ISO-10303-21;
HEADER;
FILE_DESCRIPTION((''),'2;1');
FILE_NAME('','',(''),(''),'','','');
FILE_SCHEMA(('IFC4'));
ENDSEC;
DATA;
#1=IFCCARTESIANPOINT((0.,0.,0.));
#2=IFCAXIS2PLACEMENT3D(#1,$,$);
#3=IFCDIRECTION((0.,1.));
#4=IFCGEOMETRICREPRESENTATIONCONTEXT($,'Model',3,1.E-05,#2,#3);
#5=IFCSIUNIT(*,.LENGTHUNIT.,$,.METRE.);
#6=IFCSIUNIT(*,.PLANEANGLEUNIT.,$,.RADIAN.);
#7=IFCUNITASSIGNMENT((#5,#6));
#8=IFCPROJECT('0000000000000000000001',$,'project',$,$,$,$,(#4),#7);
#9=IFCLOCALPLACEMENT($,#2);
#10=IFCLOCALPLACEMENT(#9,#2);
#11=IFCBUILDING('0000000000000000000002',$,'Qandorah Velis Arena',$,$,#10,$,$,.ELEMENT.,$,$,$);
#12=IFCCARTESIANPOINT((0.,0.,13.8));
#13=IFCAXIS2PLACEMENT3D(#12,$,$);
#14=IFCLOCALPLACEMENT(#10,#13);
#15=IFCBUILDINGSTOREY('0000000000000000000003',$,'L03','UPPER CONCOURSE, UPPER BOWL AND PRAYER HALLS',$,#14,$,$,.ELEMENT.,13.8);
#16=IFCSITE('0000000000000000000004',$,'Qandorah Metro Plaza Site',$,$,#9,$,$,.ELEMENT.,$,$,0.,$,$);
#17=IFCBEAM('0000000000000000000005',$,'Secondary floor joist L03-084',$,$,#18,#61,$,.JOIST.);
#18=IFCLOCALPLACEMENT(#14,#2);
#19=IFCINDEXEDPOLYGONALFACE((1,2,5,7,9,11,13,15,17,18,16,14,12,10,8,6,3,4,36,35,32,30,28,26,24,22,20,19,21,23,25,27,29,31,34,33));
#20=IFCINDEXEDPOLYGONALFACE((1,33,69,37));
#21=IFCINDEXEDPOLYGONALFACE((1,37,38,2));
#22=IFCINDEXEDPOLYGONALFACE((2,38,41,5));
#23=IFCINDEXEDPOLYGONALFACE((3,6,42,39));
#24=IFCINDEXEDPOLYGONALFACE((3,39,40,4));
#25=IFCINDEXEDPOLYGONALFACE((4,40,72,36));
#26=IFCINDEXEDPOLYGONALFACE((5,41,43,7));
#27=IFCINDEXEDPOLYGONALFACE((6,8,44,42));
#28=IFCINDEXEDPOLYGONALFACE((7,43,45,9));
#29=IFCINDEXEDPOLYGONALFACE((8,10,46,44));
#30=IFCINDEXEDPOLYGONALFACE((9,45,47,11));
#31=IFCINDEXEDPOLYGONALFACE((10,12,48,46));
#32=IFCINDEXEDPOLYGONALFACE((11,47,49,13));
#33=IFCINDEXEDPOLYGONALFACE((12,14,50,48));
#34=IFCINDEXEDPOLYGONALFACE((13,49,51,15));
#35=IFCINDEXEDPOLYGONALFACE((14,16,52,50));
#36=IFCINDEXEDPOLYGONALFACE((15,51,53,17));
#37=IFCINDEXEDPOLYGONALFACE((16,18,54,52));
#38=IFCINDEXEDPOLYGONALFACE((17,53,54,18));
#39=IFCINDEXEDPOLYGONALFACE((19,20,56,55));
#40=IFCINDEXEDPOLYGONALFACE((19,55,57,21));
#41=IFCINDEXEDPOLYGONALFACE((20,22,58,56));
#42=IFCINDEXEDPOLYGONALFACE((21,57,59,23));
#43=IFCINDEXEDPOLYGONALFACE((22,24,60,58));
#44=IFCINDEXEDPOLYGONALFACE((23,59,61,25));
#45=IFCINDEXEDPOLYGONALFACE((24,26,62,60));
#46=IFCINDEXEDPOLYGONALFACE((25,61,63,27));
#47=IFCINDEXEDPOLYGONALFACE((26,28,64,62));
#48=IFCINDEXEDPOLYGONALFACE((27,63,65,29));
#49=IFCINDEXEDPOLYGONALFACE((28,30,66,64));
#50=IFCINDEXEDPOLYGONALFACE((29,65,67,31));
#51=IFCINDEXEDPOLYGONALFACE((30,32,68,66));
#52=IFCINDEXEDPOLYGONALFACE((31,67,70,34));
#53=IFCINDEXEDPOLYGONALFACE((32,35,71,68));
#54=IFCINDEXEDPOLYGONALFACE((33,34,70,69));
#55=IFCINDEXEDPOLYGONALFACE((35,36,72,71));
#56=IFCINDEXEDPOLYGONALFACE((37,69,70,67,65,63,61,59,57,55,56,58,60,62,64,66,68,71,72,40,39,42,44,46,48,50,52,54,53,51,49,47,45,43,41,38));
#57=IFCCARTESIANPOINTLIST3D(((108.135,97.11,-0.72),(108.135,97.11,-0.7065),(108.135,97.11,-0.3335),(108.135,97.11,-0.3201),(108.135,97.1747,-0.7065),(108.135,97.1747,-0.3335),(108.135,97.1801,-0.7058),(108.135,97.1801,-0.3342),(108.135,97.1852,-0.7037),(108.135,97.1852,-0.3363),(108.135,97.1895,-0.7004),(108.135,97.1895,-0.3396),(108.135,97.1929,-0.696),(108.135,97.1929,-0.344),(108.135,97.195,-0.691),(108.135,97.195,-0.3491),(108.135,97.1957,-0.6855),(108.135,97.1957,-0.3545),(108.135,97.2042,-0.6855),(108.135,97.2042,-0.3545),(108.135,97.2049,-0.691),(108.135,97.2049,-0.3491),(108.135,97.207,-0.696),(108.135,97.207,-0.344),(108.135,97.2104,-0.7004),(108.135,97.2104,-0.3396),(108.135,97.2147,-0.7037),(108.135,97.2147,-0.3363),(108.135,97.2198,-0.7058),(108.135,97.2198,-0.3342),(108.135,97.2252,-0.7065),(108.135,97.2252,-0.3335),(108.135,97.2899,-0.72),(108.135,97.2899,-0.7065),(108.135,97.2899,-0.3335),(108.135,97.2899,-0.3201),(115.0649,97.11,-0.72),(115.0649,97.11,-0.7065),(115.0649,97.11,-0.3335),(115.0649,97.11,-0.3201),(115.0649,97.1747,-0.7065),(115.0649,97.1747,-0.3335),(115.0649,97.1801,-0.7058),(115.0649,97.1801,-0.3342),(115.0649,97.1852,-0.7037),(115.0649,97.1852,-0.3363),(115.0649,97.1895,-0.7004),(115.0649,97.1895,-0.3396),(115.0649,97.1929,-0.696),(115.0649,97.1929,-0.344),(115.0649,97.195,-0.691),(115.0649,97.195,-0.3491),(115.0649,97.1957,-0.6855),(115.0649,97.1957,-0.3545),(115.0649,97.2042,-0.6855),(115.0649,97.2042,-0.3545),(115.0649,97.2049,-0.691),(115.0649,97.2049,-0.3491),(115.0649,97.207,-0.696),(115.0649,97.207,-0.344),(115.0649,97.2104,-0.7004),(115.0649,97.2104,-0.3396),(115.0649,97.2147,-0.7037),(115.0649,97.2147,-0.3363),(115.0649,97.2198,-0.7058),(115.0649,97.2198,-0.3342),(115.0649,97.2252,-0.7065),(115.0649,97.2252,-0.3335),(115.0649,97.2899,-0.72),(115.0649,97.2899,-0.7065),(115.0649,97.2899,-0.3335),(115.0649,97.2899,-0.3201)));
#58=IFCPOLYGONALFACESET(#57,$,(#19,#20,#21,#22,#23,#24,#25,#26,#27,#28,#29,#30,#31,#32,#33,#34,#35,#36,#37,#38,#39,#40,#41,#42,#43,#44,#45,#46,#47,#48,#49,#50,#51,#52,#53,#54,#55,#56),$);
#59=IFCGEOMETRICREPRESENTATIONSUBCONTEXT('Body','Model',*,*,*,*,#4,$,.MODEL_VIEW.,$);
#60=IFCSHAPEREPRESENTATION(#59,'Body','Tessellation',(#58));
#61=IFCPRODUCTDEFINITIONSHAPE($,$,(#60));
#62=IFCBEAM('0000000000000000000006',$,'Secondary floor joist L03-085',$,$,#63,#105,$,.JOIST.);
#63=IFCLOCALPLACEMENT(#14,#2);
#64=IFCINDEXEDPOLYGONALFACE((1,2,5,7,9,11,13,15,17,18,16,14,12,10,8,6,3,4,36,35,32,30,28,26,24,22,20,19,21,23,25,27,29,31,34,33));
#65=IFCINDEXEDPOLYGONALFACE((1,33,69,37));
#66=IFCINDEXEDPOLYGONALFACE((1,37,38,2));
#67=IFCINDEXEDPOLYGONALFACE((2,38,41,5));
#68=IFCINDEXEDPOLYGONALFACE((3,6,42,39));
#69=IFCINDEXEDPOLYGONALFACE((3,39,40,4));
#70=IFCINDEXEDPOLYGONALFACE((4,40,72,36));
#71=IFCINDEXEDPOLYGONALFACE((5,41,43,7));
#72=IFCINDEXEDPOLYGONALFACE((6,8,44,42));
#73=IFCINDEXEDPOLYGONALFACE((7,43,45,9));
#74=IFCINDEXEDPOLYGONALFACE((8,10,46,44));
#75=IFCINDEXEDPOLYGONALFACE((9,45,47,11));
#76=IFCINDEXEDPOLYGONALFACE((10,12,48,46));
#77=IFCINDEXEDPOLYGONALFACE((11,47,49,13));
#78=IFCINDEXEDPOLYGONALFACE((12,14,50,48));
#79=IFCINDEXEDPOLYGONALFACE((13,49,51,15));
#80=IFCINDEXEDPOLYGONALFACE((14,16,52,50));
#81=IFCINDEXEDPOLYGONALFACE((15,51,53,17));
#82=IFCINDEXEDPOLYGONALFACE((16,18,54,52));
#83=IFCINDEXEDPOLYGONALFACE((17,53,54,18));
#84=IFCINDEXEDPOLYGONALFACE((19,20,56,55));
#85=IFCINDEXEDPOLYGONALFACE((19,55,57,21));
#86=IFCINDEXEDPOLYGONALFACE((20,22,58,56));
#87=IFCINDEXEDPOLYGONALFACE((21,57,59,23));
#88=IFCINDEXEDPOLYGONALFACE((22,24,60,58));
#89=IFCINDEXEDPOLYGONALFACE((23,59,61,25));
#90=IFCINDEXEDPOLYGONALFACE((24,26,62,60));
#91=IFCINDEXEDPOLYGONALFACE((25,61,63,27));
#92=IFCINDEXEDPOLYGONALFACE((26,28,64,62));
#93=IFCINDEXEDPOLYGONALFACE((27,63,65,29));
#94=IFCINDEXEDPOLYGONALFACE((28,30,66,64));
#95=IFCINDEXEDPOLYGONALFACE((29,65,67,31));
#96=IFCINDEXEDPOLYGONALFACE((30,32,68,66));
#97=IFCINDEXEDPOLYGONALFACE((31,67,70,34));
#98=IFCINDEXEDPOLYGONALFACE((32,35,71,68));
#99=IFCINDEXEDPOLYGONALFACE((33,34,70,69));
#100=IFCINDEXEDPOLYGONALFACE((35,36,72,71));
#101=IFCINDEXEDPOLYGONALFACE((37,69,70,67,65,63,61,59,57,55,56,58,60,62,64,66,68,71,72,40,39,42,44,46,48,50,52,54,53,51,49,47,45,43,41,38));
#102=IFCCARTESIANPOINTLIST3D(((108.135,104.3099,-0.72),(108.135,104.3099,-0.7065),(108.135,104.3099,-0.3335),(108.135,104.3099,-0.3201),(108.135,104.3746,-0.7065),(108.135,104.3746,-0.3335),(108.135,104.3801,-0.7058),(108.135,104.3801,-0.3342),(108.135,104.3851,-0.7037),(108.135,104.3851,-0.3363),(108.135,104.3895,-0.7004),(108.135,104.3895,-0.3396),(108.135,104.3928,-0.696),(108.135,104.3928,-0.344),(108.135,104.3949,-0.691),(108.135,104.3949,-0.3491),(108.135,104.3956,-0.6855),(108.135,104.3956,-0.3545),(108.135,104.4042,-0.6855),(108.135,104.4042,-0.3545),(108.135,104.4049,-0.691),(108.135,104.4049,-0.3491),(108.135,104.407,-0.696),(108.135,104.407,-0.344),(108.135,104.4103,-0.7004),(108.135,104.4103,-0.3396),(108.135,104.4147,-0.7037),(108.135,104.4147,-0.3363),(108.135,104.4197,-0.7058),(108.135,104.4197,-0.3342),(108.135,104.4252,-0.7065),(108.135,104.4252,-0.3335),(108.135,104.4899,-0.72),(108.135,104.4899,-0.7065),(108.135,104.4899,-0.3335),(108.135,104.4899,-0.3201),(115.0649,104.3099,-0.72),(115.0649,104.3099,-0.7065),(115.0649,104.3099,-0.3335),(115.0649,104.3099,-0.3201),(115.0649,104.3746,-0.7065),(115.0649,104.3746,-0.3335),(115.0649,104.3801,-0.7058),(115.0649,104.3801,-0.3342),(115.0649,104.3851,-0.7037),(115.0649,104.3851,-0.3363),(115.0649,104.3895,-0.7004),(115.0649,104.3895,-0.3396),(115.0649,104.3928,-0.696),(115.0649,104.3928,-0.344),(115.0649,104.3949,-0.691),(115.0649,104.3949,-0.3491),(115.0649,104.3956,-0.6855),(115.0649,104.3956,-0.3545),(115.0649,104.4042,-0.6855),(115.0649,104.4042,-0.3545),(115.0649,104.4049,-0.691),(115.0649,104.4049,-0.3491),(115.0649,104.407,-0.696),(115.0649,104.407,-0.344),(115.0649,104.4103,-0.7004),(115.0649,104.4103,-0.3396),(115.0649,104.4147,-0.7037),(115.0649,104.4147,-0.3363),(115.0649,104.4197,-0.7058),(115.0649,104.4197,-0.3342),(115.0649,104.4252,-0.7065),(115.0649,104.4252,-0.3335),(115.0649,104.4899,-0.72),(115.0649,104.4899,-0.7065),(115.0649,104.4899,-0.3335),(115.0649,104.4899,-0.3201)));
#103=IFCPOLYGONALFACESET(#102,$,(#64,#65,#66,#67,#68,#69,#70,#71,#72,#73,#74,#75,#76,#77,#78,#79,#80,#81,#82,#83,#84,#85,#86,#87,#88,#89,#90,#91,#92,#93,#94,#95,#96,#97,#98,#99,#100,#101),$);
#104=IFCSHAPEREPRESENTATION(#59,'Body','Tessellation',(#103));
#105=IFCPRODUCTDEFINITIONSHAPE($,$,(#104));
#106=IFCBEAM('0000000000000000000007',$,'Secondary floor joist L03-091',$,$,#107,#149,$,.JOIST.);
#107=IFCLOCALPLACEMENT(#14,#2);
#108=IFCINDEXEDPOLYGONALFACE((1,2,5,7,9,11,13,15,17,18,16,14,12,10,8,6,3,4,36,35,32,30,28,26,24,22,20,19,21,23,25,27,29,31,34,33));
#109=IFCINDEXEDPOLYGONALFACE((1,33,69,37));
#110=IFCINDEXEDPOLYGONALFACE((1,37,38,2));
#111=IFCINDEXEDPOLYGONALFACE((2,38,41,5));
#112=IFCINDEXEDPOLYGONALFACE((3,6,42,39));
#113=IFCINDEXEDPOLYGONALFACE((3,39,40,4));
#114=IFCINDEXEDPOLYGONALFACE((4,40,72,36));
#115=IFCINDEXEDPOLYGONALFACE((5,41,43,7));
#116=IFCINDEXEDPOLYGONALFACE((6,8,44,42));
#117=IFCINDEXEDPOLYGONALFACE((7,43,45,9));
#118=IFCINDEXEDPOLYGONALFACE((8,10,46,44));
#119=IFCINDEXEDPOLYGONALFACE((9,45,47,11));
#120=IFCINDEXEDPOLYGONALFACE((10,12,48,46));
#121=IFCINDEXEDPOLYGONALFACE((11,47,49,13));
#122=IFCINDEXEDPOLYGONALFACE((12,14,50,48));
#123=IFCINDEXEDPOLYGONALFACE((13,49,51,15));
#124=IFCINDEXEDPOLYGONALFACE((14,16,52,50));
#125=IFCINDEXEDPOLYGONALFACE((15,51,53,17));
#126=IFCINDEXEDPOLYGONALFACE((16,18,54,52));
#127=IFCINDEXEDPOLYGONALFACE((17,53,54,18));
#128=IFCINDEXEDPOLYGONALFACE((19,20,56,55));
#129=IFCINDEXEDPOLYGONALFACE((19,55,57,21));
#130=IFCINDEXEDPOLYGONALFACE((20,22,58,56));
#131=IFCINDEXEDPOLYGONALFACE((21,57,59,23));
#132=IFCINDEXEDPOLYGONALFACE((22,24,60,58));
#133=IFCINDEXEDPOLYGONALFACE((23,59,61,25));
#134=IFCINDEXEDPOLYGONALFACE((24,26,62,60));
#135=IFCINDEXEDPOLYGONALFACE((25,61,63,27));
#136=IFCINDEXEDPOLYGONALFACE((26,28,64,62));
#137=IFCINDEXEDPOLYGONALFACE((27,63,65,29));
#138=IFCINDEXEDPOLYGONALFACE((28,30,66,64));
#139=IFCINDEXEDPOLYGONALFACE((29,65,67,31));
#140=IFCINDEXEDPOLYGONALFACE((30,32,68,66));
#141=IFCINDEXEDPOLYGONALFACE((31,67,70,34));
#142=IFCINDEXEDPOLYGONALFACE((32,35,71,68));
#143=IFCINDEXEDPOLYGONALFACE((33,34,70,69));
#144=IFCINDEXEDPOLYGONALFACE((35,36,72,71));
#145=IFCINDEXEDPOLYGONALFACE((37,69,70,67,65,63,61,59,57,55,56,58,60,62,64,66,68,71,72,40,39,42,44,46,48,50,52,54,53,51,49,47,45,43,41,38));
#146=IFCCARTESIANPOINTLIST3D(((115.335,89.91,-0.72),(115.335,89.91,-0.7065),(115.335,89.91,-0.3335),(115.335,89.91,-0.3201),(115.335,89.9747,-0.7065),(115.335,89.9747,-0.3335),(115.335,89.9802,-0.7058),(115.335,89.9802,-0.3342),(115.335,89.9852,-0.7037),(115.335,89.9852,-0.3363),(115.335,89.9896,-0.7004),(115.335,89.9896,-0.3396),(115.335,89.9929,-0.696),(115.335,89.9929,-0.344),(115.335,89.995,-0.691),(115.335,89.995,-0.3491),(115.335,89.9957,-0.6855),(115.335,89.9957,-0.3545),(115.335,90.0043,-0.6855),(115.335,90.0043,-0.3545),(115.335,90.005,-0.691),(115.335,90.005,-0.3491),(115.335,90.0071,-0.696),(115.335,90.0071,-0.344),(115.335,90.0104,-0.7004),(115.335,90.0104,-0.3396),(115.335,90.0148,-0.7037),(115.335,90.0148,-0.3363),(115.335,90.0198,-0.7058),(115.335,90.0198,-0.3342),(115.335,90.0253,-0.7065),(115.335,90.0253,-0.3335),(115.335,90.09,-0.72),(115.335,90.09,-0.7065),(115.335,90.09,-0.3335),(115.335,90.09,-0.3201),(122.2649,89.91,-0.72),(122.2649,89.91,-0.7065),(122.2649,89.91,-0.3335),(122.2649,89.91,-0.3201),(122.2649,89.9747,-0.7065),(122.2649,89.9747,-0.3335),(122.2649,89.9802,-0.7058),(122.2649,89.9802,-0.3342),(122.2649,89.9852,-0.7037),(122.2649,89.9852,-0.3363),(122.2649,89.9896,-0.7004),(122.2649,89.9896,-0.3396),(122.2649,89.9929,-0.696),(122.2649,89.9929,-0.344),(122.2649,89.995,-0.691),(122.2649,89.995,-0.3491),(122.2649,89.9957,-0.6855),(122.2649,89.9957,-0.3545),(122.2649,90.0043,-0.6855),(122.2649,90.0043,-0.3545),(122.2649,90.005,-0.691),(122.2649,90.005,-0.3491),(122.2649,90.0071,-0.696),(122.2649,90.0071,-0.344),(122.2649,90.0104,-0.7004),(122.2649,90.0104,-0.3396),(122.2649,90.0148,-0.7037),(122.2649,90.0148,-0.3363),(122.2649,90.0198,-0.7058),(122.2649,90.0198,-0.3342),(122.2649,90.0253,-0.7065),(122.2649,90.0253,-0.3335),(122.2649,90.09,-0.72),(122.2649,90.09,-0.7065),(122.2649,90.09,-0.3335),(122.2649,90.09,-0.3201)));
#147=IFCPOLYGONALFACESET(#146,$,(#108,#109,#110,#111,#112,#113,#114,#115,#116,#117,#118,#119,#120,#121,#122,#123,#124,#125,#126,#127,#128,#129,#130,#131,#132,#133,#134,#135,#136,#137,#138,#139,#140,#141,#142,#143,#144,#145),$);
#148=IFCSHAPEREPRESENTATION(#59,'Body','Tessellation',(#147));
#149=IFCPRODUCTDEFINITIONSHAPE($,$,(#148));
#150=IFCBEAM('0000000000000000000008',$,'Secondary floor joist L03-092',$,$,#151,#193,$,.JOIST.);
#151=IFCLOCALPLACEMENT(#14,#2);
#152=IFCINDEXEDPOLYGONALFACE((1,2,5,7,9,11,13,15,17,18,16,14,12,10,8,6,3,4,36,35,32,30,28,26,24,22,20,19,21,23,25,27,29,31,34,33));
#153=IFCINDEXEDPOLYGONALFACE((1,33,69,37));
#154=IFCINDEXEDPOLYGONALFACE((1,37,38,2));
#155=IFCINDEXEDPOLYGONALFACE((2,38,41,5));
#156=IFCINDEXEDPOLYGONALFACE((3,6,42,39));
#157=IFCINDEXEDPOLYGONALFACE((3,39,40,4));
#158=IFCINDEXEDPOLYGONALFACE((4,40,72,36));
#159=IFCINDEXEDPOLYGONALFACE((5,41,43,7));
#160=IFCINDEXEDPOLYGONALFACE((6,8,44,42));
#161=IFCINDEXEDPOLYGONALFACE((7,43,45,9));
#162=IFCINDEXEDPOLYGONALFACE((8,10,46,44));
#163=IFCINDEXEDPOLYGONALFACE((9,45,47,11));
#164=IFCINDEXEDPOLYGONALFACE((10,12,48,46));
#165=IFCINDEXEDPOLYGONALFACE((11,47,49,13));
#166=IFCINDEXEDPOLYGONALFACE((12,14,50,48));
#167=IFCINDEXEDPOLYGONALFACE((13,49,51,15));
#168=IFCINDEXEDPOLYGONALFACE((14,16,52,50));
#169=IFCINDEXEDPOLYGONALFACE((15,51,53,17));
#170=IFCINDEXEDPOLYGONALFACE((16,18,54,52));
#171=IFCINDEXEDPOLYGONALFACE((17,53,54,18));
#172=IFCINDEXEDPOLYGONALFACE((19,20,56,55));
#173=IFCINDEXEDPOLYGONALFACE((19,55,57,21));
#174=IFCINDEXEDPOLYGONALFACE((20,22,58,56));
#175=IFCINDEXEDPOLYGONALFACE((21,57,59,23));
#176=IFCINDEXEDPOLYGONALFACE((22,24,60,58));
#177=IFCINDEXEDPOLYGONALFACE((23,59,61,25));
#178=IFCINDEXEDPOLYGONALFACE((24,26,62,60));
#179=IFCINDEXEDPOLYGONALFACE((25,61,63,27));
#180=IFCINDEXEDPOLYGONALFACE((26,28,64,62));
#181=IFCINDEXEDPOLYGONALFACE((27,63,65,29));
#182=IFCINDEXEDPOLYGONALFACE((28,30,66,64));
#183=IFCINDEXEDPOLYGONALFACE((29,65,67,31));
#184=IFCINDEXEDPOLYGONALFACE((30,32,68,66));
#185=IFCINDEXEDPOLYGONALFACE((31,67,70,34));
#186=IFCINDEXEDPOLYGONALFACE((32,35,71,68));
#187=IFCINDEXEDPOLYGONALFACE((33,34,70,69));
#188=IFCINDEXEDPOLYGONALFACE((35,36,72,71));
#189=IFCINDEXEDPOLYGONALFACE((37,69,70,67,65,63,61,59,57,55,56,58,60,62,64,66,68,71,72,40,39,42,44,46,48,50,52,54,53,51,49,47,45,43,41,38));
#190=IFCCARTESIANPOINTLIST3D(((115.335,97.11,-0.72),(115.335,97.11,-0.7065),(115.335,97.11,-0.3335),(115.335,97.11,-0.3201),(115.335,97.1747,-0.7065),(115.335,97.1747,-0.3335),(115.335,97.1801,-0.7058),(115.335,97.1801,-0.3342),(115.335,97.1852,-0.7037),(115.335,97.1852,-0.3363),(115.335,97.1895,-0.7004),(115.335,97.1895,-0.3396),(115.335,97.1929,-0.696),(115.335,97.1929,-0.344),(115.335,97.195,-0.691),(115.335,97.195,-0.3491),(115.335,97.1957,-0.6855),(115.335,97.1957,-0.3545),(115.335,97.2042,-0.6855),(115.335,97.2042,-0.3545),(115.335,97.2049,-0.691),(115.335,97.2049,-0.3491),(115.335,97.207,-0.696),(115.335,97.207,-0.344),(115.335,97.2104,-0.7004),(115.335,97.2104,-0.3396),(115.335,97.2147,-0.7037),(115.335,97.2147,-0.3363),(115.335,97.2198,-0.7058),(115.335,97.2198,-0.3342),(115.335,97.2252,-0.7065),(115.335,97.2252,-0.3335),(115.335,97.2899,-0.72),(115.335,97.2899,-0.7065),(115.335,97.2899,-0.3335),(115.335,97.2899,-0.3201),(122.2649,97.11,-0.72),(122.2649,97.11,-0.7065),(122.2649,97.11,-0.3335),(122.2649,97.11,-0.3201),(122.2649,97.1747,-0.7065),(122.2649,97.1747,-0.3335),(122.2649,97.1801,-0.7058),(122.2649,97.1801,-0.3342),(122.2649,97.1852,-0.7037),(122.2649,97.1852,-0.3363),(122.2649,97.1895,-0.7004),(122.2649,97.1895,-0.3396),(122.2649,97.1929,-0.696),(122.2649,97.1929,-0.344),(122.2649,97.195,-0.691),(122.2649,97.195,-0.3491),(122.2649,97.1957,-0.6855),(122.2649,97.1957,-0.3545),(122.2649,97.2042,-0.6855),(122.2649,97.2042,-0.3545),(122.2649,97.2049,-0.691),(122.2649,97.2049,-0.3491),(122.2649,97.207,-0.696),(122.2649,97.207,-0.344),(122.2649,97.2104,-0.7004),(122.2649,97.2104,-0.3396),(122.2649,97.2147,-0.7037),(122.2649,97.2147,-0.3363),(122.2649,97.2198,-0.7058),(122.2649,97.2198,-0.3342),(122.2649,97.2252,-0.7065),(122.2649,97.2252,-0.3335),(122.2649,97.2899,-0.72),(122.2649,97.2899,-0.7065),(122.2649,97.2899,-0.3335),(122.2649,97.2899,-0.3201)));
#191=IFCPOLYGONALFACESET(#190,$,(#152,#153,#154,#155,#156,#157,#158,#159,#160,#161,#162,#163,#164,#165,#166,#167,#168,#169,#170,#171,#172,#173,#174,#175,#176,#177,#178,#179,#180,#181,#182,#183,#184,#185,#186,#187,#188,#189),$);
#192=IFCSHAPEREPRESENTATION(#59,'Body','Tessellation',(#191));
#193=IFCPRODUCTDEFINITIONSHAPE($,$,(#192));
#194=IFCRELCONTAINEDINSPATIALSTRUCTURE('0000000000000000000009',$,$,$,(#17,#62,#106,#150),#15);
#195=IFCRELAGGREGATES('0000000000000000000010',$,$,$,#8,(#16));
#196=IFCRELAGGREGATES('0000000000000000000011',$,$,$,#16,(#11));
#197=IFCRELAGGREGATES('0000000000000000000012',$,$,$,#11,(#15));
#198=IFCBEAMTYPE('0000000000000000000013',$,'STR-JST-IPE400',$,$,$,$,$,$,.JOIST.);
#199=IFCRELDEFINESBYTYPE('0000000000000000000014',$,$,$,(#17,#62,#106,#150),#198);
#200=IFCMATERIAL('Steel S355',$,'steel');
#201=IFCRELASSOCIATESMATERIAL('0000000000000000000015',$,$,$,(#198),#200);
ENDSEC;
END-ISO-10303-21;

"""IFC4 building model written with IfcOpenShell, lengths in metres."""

from ifc_helpers import new_model, si_unit, direction, frame, origin, origin_2d, place, context, subcontext, project, spatial, i_section, extrude, material, material_profile, profile_set, type_object, element, save


model = new_model("IFC4")

# Units and contexts
model_context = context("Model", 3, precision=1e-05, world=origin(), true_north=direction((0.0, 1.0)))
body_context = subcontext(model_context, "Body", "Model", "MODEL_VIEW")
ifc_project = project(units=[si_unit("LENGTHUNIT", "METRE"), si_unit("PLANEANGLEUNIT", "RADIAN")], contexts=[model_context])

# Site, building, storey
site_placement = place(None, origin())
site = spatial("IfcSite", under=ifc_project, at=site_placement, Name="Qandorah Metro Plaza Site", CompositionType="ELEMENT", RefElevation=0.0)
building_placement = place(site_placement, origin())
building = spatial("IfcBuilding", under=site, at=building_placement, Name="Qandorah Velis Arena", CompositionType="ELEMENT")
storey_placement = place(building_placement, frame((0.0, 0.0, 13.8)))
storey = spatial("IfcBuildingStorey", under=building, at=storey_placement, Name="L03", Description="UPPER CONCOURSE, UPPER BOWL AND PRAYER HALLS", CompositionType="ELEMENT", Elevation=13.8)

# Beams
ifc_material_1 = material(Name="Steel S355", Category="steel")
ifc_material_profile_1 = material_profile(ifc_material_1, i_section(OverallWidth=0.1799, OverallDepth=0.3999, WebThickness=0.0085, FlangeThickness=0.0134, FilletRadius=0.021, at=origin_2d()), Name="IPE 400")
ifc_profile_set_1 = profile_set([ifc_material_profile_1], Name="Steel S355")
beam_type_1 = type_object("IfcBeamType", Name="STR-JST-IPE400", PredefinedType="JOIST", material=ifc_profile_set_1)
for number, where, z_axis, x_axis, name in (
    (1, (108.135, 97.2, -0.52), (1.0, 0.0, 0.0), (0.0, 1.0, 0.0), "Secondary floor joist L03-084"),
    (2, (108.135, 104.3999, -0.52), (1.0, 0.0, 0.0), (0.0, 1.0, 0.0), "Secondary floor joist L03-085"),
    (3, (115.335, 90.0, -0.52), (1.0, 0.0, 0.0), (0.0, 1.0, 0.0), "Secondary floor joist L03-091"),
    (4, (115.335, 97.2, -0.52), (1.0, 0.0, 0.0), (0.0, 1.0, 0.0), "Secondary floor joist L03-092"),
):
    element("IfcBeam", number, at=place(storey_placement, frame(where, z_axis=z_axis, x_axis=x_axis)), inside=storey, type_object=beam_type_1, Name=name, PredefinedType="JOIST", context=body_context, shape_type="SweptSolid", body=[
        extrude(i_section(OverallWidth=0.1799, OverallDepth=0.3999, WebThickness=0.0085, FlangeThickness=0.0134, FilletRadius=0.021, at=origin_2d()), origin(), (0.0, 0.0, 1.0), 6.9299),
    ])

save(model, "model.ifc")
